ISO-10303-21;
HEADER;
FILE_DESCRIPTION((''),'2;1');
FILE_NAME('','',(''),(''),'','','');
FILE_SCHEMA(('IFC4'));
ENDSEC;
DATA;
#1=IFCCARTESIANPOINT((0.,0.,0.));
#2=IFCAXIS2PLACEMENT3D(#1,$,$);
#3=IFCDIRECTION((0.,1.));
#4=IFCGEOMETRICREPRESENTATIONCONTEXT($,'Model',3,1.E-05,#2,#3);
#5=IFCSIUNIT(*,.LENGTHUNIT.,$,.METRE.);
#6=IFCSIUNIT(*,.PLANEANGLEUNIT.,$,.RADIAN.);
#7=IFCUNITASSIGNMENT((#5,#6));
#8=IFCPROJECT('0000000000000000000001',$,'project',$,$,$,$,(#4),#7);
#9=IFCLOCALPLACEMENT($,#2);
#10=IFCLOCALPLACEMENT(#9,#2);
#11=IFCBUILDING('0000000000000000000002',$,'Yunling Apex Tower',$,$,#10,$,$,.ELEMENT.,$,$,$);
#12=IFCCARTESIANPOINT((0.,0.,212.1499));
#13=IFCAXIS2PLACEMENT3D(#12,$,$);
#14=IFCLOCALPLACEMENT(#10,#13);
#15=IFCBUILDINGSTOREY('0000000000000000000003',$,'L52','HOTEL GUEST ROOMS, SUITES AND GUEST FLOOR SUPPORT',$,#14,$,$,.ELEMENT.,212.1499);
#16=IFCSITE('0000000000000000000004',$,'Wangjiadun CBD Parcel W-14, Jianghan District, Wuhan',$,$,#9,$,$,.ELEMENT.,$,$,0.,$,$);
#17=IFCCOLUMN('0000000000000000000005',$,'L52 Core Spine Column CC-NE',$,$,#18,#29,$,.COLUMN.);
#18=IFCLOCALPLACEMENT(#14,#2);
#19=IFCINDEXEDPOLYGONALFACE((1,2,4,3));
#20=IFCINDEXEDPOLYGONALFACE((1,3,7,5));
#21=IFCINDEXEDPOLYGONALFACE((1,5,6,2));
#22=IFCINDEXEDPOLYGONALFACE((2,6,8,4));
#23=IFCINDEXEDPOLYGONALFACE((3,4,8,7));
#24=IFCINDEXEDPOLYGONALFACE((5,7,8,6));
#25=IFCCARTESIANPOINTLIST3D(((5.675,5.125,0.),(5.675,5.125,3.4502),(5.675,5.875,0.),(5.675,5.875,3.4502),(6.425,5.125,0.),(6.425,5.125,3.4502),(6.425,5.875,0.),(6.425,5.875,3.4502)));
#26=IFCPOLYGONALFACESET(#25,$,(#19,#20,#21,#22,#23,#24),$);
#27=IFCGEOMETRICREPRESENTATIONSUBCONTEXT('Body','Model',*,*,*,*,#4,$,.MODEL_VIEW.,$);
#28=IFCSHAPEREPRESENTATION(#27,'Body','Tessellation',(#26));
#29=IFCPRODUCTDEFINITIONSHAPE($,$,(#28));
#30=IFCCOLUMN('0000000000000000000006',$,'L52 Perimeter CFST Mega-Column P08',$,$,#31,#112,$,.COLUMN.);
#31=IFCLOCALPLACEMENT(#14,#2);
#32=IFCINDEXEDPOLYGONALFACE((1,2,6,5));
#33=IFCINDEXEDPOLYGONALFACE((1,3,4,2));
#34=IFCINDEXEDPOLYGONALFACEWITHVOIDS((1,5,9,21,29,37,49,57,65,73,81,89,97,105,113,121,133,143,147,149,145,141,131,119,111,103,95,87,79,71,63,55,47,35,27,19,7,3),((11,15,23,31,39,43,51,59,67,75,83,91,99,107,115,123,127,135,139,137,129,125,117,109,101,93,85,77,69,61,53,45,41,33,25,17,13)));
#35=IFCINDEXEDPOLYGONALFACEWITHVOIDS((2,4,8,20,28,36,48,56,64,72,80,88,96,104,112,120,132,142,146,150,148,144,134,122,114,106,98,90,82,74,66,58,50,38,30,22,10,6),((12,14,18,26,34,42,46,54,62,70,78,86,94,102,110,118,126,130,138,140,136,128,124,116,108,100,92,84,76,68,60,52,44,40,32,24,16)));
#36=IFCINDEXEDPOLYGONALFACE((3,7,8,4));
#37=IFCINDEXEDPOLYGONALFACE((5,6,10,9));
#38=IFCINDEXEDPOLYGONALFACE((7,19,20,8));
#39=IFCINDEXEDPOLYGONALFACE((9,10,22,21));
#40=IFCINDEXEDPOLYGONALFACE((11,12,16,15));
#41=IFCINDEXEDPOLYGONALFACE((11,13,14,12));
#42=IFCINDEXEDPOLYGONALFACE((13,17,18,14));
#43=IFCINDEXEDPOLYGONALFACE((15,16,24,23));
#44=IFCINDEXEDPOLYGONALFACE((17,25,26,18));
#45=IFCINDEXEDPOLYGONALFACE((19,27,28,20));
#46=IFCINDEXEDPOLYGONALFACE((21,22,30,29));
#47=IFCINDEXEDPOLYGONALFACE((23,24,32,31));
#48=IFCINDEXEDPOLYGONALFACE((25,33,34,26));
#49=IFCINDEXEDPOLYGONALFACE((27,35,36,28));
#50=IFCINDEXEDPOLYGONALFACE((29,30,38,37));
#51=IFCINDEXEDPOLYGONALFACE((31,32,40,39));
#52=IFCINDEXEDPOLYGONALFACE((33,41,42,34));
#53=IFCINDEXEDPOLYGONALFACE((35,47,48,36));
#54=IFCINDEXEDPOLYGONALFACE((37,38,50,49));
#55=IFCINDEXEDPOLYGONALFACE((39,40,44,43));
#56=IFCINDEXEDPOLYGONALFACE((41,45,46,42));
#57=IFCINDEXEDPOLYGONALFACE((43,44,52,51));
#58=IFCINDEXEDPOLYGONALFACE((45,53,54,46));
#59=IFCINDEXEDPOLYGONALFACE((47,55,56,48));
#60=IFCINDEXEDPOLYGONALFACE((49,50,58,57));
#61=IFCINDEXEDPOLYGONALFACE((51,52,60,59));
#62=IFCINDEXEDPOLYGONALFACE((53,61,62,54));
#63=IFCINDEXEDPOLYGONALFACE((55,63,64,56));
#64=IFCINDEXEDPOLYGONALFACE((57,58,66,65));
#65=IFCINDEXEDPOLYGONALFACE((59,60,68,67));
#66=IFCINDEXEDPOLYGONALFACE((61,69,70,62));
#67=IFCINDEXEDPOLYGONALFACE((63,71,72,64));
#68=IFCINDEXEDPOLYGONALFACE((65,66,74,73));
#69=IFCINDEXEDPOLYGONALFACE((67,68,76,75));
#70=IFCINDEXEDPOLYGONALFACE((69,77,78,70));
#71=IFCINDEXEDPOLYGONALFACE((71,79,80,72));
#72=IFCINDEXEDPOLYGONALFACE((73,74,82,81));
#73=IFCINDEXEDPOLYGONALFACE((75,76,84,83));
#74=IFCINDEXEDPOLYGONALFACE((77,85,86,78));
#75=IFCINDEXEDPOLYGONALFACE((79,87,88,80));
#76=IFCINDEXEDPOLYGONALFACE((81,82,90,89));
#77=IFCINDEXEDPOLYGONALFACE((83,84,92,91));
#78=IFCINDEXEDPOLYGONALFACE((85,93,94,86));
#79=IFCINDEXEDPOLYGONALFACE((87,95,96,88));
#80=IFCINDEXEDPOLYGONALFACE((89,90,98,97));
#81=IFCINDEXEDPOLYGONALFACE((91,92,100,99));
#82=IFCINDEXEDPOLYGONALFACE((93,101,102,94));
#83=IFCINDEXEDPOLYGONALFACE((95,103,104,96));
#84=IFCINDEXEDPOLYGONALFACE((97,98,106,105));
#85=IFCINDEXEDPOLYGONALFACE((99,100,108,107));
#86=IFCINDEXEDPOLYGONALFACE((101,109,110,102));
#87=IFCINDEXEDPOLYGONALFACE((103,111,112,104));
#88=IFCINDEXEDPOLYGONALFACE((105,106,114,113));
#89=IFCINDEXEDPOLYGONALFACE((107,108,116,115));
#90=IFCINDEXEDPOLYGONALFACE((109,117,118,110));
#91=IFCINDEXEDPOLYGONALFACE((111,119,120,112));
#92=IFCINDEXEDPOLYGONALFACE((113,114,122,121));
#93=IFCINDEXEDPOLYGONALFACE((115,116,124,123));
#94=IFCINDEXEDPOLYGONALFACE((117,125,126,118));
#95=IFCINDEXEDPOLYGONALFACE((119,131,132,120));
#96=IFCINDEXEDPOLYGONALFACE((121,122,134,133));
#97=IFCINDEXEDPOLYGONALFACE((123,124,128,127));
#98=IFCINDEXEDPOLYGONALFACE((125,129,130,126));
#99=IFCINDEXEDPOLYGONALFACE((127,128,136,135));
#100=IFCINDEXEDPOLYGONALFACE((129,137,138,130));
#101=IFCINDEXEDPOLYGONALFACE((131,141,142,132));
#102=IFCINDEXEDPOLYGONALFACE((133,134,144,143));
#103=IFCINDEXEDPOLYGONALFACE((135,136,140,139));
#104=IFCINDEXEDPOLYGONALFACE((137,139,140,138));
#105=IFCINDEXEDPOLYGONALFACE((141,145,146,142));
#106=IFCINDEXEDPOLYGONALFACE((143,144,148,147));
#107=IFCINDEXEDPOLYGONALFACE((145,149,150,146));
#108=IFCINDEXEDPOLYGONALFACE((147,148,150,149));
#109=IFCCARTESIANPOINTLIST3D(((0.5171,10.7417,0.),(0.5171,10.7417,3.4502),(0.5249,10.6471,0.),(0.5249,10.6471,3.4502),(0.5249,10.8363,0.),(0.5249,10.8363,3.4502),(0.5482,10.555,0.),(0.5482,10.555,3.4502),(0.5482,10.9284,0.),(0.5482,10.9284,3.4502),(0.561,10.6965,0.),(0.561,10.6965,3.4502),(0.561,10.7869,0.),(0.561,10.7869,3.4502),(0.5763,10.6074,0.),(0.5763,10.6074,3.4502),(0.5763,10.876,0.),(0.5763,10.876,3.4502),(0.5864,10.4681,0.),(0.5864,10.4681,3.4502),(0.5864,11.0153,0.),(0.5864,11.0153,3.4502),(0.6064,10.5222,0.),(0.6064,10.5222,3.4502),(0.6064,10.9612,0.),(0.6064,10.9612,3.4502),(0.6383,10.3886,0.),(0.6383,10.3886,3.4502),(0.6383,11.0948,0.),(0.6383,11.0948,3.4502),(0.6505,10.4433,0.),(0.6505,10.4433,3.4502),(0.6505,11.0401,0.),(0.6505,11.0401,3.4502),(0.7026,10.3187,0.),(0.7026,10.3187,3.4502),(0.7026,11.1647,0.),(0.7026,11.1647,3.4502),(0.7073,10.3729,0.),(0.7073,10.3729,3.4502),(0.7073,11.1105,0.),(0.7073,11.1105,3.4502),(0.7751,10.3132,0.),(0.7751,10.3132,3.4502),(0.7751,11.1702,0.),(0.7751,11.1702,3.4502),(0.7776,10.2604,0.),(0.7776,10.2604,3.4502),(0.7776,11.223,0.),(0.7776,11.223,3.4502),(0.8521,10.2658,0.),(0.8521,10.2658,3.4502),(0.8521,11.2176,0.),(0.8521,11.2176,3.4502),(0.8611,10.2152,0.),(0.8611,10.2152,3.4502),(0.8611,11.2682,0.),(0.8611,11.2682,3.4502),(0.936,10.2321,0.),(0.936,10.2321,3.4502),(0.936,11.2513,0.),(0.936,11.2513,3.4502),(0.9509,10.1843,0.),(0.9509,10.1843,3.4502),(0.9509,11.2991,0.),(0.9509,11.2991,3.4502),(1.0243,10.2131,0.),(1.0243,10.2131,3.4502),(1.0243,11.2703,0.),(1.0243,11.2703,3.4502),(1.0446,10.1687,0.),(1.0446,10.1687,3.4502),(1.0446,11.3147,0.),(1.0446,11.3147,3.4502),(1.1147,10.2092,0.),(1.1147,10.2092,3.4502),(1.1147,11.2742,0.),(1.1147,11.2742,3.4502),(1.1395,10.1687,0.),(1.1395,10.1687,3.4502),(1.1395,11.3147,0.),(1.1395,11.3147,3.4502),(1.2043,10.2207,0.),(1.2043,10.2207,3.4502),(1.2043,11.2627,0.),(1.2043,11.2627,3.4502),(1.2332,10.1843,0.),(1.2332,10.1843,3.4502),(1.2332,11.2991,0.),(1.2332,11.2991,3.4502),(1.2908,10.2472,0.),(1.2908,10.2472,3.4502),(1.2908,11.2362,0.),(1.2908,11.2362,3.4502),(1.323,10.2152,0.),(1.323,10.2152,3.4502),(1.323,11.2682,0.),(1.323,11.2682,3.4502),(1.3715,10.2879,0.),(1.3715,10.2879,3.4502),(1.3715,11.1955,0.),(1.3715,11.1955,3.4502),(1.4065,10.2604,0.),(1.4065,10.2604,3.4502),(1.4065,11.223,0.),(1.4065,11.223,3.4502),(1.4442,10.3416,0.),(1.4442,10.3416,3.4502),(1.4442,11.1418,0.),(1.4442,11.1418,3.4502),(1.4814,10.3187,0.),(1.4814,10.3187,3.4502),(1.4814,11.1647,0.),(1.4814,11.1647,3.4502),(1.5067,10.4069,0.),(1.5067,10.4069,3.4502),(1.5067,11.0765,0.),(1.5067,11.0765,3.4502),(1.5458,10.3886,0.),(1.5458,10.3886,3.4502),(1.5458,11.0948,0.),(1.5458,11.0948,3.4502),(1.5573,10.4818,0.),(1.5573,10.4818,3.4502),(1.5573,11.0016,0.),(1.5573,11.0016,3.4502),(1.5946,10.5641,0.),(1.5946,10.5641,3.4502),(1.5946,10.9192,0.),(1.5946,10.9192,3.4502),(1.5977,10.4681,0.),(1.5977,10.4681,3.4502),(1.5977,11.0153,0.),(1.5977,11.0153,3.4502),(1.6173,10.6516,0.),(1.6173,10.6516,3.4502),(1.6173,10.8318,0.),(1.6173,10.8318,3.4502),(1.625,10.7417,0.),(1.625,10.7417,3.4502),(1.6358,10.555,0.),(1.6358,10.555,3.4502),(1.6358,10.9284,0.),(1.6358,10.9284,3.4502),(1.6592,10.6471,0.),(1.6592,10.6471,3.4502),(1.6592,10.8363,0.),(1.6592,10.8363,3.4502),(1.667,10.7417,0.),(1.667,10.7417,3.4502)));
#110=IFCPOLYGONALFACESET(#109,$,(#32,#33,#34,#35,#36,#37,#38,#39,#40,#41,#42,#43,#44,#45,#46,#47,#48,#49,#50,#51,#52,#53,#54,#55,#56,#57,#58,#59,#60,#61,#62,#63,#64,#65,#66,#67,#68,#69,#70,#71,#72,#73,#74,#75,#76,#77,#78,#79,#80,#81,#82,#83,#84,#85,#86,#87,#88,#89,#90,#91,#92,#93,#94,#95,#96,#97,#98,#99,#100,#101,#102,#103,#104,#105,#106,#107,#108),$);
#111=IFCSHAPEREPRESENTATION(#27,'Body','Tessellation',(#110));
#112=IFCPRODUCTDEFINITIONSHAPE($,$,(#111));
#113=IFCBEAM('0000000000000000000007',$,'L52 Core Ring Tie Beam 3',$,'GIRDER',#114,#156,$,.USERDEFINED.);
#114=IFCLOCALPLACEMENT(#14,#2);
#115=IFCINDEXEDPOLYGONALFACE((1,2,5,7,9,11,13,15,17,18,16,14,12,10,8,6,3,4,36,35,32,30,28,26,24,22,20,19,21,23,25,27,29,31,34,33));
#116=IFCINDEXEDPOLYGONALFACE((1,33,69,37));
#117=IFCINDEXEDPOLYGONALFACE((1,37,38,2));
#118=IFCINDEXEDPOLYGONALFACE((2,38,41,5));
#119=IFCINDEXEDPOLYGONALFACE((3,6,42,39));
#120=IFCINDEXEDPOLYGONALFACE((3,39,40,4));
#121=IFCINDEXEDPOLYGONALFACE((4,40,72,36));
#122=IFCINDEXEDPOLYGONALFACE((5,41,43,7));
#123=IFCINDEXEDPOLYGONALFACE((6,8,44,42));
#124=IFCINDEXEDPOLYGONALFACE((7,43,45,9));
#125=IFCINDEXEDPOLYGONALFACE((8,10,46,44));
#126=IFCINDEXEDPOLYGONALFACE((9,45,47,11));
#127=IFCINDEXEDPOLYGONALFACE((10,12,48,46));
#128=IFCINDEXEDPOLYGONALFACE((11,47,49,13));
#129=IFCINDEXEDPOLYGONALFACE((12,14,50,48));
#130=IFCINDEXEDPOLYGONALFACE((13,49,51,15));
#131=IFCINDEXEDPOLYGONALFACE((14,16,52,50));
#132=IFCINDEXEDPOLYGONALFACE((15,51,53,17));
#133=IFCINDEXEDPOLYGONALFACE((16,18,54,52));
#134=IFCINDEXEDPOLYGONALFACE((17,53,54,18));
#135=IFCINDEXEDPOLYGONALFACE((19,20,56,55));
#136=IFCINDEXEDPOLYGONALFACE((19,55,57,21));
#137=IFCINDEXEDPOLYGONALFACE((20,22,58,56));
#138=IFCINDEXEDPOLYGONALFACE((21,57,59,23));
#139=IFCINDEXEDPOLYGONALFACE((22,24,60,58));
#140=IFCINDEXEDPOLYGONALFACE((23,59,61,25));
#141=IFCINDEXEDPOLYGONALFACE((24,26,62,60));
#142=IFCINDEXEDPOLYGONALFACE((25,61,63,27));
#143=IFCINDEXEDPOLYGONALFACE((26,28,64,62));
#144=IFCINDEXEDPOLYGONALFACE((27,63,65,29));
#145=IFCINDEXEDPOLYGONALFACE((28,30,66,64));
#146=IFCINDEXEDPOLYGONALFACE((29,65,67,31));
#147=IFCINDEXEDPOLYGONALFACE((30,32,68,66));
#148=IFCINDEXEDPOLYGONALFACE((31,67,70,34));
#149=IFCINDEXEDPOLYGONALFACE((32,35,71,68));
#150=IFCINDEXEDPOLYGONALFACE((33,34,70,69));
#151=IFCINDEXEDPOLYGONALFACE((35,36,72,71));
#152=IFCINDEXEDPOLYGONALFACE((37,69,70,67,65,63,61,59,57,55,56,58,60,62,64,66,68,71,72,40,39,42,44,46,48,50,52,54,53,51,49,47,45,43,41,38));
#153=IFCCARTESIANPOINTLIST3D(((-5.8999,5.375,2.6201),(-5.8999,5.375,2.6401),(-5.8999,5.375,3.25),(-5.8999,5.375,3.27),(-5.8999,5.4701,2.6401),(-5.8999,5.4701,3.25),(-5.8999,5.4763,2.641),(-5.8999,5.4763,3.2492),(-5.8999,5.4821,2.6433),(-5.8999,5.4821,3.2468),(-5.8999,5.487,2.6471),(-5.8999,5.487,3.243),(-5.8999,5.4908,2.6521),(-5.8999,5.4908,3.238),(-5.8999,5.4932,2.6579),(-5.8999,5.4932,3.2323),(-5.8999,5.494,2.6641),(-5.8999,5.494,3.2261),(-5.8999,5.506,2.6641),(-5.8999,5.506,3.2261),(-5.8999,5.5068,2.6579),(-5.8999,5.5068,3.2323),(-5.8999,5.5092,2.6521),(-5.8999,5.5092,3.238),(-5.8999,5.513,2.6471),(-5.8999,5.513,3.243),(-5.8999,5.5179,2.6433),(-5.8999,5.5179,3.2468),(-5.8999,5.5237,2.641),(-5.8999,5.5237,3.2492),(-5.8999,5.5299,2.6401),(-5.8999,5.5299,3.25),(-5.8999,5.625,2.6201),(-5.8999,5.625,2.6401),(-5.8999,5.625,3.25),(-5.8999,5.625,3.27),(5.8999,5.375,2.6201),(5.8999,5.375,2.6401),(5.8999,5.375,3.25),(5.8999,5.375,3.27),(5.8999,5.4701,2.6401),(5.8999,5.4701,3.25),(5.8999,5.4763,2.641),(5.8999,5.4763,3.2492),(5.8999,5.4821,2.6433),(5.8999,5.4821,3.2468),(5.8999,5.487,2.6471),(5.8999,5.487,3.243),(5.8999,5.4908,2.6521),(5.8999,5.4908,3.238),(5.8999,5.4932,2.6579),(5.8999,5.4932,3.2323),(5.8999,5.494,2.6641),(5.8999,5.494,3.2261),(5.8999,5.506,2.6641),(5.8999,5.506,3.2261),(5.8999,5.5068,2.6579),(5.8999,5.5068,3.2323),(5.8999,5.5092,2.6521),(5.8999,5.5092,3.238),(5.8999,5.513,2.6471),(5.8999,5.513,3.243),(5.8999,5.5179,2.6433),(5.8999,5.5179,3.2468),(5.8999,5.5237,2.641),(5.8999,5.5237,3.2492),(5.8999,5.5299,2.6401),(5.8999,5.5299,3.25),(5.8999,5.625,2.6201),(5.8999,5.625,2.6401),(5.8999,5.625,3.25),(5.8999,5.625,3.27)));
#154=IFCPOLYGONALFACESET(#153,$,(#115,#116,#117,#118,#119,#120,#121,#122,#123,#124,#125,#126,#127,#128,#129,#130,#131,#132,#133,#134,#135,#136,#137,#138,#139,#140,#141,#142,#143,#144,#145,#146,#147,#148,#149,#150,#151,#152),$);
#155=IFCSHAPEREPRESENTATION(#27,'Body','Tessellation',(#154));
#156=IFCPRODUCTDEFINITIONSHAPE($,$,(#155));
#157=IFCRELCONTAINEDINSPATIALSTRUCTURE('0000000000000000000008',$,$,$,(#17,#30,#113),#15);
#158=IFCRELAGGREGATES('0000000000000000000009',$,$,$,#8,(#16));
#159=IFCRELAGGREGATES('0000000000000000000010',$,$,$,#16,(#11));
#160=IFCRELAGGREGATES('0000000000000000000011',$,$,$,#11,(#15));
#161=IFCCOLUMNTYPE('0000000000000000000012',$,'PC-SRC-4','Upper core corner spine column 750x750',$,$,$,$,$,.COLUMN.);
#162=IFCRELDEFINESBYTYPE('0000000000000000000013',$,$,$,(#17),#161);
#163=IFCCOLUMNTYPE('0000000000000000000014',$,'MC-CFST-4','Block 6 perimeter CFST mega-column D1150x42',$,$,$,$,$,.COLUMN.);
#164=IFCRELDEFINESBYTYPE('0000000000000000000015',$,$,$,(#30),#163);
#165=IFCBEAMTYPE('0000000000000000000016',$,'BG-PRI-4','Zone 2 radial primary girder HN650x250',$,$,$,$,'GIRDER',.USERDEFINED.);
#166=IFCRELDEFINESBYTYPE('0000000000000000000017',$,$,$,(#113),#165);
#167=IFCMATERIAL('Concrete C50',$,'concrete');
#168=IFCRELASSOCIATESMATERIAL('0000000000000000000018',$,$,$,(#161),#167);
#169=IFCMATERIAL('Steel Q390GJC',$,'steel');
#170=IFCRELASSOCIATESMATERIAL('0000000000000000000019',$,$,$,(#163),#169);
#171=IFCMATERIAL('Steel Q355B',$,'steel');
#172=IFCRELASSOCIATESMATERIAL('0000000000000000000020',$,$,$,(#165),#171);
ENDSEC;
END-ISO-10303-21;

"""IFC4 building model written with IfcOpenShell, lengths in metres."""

from ifc_helpers import new_model, si_unit, direction, frame, origin, origin_2d, place, context, subcontext, project, spatial, rectangle, hollow_circle, i_section, extrude, source, transform, mapped, material, material_profile, profile_set, type_object, element, save


model = new_model("IFC4")

# Units and contexts
model_context = context("Model", 3, precision=1e-05, world=origin(), true_north=direction((0.0, 1.0)))
body_context = subcontext(model_context, "Body", "Model", "MODEL_VIEW")
ifc_project = project(units=[si_unit("LENGTHUNIT", "METRE"), si_unit("PLANEANGLEUNIT", "RADIAN")], contexts=[model_context])

# Site, building, storey
site_placement = place(None, origin())
site = spatial("IfcSite", under=ifc_project, at=site_placement, Name="Wangjiadun CBD Parcel W-14, Jianghan District, Wuhan", CompositionType="ELEMENT", RefElevation=0.0)
building_placement = place(site_placement, origin())
building = spatial("IfcBuilding", under=site, at=building_placement, Name="Yunling Apex Tower", CompositionType="ELEMENT")
storey_placement = place(building_placement, frame((0.0, 0.0, 212.1499)))
storey = spatial("IfcBuildingStorey", under=building, at=storey_placement, Name="L52", Description="HOTEL GUEST ROOMS, SUITES AND GUEST FLOOR SUPPORT", CompositionType="ELEMENT", Elevation=212.1499)

# Columns
ifc_material_1 = material(Name="Concrete C50", Category="concrete")
ifc_material_profile_1 = material_profile(ifc_material_1, rectangle(XDim=0.75, YDim=0.75, at=origin_2d()))
ifc_profile_set_1 = profile_set([ifc_material_profile_1], Name="Concrete C50")
column_type_1 = type_object("IfcColumnType", Name="PC-SRC-4", Description="Upper core corner spine column 750x750", PredefinedType="COLUMN", material=ifc_profile_set_1)
shared_shape_1 = source(origin(), body_context, "Body", "SweptSolid", [
    extrude(rectangle(XDim=0.75, YDim=0.75, at=origin_2d()), origin(), (0.0, 0.0, 1.0), 3.4502),
])
column_1_placement = place(storey_placement, frame((6.05, 5.5, 0.0), z_axis=(0.0, 0.0, 1.0), x_axis=(1.0, 0.0, 0.0)))
element("IfcColumn", 1, at=column_1_placement, inside=storey, type_object=column_type_1, Name="L52 Core Spine Column CC-NE", PredefinedType="COLUMN", context=body_context, shape_type="MappedRepresentation", body=[
    mapped(shared_shape_1, transform((0.0, 0.0, 0.0), scale=1.0)),
])
ifc_material_2 = material(Name="Steel Q390GJC", Category="steel")
ifc_material_profile_2 = material_profile(ifc_material_2, hollow_circle(Radius=0.575, WallThickness=0.042, at=origin_2d()))
ifc_profile_set_2 = profile_set([ifc_material_profile_2], Name="Steel Q390GJC")
column_type_2 = type_object("IfcColumnType", Name="MC-CFST-4", Description="Block 6 perimeter CFST mega-column D1150x42", PredefinedType="COLUMN", material=ifc_profile_set_2)
shared_shape_2 = source(origin(), body_context, "Body", "SweptSolid", [
    extrude(hollow_circle(Radius=0.575, WallThickness=0.042, at=origin_2d()), origin(), (0.0, 0.0, 1.0), 3.4502),
])
column_2_placement = place(storey_placement, frame((1.092, 10.7417, 0.0), z_axis=(0.0, 0.0, 1.0), x_axis=(1.0, 0.0, 0.0)))
element("IfcColumn", 2, at=column_2_placement, inside=storey, type_object=column_type_2, Name="L52 Perimeter CFST Mega-Column P08", PredefinedType="COLUMN", context=body_context, shape_type="MappedRepresentation", body=[
    mapped(shared_shape_2, transform((0.0, 0.0, 0.0), scale=1.0)),
])

# Beam
ifc_material_3 = material(Name="Steel Q355B", Category="steel")
ifc_material_profile_3 = material_profile(ifc_material_3, i_section(OverallWidth=0.25, OverallDepth=0.6499, WebThickness=0.012, FlangeThickness=0.02, FilletRadius=0.0239, at=origin_2d()))
ifc_profile_set_3 = profile_set([ifc_material_profile_3], Name="Steel Q355B")
beam_type_1 = type_object("IfcBeamType", Name="BG-PRI-4", Description="Zone 2 radial primary girder HN650x250", ElementType="GIRDER", PredefinedType="USERDEFINED", material=ifc_profile_set_3)
shared_shape_3 = source(origin(), body_context, "Body", "SweptSolid", [
    extrude(i_section(OverallWidth=0.25, OverallDepth=0.6499, WebThickness=0.012, FlangeThickness=0.02, FilletRadius=0.0239, at=origin_2d()), origin(), (0.0, 0.0, 1.0), 11.7998),
])
beam_1_placement = place(storey_placement, frame((5.8999, 5.5, 2.9451), z_axis=(-1.0, 0.0, 0.0), x_axis=(0.0, -1.0, 0.0)))
element("IfcBeam", 3, at=beam_1_placement, inside=storey, type_object=beam_type_1, Name="L52 Core Ring Tie Beam 3", ObjectType="GIRDER", PredefinedType="USERDEFINED", context=body_context, shape_type="MappedRepresentation", body=[
    mapped(shared_shape_3, transform((0.0, 0.0, 0.0), scale=1.0)),
])

save(model, "model.ifc")
